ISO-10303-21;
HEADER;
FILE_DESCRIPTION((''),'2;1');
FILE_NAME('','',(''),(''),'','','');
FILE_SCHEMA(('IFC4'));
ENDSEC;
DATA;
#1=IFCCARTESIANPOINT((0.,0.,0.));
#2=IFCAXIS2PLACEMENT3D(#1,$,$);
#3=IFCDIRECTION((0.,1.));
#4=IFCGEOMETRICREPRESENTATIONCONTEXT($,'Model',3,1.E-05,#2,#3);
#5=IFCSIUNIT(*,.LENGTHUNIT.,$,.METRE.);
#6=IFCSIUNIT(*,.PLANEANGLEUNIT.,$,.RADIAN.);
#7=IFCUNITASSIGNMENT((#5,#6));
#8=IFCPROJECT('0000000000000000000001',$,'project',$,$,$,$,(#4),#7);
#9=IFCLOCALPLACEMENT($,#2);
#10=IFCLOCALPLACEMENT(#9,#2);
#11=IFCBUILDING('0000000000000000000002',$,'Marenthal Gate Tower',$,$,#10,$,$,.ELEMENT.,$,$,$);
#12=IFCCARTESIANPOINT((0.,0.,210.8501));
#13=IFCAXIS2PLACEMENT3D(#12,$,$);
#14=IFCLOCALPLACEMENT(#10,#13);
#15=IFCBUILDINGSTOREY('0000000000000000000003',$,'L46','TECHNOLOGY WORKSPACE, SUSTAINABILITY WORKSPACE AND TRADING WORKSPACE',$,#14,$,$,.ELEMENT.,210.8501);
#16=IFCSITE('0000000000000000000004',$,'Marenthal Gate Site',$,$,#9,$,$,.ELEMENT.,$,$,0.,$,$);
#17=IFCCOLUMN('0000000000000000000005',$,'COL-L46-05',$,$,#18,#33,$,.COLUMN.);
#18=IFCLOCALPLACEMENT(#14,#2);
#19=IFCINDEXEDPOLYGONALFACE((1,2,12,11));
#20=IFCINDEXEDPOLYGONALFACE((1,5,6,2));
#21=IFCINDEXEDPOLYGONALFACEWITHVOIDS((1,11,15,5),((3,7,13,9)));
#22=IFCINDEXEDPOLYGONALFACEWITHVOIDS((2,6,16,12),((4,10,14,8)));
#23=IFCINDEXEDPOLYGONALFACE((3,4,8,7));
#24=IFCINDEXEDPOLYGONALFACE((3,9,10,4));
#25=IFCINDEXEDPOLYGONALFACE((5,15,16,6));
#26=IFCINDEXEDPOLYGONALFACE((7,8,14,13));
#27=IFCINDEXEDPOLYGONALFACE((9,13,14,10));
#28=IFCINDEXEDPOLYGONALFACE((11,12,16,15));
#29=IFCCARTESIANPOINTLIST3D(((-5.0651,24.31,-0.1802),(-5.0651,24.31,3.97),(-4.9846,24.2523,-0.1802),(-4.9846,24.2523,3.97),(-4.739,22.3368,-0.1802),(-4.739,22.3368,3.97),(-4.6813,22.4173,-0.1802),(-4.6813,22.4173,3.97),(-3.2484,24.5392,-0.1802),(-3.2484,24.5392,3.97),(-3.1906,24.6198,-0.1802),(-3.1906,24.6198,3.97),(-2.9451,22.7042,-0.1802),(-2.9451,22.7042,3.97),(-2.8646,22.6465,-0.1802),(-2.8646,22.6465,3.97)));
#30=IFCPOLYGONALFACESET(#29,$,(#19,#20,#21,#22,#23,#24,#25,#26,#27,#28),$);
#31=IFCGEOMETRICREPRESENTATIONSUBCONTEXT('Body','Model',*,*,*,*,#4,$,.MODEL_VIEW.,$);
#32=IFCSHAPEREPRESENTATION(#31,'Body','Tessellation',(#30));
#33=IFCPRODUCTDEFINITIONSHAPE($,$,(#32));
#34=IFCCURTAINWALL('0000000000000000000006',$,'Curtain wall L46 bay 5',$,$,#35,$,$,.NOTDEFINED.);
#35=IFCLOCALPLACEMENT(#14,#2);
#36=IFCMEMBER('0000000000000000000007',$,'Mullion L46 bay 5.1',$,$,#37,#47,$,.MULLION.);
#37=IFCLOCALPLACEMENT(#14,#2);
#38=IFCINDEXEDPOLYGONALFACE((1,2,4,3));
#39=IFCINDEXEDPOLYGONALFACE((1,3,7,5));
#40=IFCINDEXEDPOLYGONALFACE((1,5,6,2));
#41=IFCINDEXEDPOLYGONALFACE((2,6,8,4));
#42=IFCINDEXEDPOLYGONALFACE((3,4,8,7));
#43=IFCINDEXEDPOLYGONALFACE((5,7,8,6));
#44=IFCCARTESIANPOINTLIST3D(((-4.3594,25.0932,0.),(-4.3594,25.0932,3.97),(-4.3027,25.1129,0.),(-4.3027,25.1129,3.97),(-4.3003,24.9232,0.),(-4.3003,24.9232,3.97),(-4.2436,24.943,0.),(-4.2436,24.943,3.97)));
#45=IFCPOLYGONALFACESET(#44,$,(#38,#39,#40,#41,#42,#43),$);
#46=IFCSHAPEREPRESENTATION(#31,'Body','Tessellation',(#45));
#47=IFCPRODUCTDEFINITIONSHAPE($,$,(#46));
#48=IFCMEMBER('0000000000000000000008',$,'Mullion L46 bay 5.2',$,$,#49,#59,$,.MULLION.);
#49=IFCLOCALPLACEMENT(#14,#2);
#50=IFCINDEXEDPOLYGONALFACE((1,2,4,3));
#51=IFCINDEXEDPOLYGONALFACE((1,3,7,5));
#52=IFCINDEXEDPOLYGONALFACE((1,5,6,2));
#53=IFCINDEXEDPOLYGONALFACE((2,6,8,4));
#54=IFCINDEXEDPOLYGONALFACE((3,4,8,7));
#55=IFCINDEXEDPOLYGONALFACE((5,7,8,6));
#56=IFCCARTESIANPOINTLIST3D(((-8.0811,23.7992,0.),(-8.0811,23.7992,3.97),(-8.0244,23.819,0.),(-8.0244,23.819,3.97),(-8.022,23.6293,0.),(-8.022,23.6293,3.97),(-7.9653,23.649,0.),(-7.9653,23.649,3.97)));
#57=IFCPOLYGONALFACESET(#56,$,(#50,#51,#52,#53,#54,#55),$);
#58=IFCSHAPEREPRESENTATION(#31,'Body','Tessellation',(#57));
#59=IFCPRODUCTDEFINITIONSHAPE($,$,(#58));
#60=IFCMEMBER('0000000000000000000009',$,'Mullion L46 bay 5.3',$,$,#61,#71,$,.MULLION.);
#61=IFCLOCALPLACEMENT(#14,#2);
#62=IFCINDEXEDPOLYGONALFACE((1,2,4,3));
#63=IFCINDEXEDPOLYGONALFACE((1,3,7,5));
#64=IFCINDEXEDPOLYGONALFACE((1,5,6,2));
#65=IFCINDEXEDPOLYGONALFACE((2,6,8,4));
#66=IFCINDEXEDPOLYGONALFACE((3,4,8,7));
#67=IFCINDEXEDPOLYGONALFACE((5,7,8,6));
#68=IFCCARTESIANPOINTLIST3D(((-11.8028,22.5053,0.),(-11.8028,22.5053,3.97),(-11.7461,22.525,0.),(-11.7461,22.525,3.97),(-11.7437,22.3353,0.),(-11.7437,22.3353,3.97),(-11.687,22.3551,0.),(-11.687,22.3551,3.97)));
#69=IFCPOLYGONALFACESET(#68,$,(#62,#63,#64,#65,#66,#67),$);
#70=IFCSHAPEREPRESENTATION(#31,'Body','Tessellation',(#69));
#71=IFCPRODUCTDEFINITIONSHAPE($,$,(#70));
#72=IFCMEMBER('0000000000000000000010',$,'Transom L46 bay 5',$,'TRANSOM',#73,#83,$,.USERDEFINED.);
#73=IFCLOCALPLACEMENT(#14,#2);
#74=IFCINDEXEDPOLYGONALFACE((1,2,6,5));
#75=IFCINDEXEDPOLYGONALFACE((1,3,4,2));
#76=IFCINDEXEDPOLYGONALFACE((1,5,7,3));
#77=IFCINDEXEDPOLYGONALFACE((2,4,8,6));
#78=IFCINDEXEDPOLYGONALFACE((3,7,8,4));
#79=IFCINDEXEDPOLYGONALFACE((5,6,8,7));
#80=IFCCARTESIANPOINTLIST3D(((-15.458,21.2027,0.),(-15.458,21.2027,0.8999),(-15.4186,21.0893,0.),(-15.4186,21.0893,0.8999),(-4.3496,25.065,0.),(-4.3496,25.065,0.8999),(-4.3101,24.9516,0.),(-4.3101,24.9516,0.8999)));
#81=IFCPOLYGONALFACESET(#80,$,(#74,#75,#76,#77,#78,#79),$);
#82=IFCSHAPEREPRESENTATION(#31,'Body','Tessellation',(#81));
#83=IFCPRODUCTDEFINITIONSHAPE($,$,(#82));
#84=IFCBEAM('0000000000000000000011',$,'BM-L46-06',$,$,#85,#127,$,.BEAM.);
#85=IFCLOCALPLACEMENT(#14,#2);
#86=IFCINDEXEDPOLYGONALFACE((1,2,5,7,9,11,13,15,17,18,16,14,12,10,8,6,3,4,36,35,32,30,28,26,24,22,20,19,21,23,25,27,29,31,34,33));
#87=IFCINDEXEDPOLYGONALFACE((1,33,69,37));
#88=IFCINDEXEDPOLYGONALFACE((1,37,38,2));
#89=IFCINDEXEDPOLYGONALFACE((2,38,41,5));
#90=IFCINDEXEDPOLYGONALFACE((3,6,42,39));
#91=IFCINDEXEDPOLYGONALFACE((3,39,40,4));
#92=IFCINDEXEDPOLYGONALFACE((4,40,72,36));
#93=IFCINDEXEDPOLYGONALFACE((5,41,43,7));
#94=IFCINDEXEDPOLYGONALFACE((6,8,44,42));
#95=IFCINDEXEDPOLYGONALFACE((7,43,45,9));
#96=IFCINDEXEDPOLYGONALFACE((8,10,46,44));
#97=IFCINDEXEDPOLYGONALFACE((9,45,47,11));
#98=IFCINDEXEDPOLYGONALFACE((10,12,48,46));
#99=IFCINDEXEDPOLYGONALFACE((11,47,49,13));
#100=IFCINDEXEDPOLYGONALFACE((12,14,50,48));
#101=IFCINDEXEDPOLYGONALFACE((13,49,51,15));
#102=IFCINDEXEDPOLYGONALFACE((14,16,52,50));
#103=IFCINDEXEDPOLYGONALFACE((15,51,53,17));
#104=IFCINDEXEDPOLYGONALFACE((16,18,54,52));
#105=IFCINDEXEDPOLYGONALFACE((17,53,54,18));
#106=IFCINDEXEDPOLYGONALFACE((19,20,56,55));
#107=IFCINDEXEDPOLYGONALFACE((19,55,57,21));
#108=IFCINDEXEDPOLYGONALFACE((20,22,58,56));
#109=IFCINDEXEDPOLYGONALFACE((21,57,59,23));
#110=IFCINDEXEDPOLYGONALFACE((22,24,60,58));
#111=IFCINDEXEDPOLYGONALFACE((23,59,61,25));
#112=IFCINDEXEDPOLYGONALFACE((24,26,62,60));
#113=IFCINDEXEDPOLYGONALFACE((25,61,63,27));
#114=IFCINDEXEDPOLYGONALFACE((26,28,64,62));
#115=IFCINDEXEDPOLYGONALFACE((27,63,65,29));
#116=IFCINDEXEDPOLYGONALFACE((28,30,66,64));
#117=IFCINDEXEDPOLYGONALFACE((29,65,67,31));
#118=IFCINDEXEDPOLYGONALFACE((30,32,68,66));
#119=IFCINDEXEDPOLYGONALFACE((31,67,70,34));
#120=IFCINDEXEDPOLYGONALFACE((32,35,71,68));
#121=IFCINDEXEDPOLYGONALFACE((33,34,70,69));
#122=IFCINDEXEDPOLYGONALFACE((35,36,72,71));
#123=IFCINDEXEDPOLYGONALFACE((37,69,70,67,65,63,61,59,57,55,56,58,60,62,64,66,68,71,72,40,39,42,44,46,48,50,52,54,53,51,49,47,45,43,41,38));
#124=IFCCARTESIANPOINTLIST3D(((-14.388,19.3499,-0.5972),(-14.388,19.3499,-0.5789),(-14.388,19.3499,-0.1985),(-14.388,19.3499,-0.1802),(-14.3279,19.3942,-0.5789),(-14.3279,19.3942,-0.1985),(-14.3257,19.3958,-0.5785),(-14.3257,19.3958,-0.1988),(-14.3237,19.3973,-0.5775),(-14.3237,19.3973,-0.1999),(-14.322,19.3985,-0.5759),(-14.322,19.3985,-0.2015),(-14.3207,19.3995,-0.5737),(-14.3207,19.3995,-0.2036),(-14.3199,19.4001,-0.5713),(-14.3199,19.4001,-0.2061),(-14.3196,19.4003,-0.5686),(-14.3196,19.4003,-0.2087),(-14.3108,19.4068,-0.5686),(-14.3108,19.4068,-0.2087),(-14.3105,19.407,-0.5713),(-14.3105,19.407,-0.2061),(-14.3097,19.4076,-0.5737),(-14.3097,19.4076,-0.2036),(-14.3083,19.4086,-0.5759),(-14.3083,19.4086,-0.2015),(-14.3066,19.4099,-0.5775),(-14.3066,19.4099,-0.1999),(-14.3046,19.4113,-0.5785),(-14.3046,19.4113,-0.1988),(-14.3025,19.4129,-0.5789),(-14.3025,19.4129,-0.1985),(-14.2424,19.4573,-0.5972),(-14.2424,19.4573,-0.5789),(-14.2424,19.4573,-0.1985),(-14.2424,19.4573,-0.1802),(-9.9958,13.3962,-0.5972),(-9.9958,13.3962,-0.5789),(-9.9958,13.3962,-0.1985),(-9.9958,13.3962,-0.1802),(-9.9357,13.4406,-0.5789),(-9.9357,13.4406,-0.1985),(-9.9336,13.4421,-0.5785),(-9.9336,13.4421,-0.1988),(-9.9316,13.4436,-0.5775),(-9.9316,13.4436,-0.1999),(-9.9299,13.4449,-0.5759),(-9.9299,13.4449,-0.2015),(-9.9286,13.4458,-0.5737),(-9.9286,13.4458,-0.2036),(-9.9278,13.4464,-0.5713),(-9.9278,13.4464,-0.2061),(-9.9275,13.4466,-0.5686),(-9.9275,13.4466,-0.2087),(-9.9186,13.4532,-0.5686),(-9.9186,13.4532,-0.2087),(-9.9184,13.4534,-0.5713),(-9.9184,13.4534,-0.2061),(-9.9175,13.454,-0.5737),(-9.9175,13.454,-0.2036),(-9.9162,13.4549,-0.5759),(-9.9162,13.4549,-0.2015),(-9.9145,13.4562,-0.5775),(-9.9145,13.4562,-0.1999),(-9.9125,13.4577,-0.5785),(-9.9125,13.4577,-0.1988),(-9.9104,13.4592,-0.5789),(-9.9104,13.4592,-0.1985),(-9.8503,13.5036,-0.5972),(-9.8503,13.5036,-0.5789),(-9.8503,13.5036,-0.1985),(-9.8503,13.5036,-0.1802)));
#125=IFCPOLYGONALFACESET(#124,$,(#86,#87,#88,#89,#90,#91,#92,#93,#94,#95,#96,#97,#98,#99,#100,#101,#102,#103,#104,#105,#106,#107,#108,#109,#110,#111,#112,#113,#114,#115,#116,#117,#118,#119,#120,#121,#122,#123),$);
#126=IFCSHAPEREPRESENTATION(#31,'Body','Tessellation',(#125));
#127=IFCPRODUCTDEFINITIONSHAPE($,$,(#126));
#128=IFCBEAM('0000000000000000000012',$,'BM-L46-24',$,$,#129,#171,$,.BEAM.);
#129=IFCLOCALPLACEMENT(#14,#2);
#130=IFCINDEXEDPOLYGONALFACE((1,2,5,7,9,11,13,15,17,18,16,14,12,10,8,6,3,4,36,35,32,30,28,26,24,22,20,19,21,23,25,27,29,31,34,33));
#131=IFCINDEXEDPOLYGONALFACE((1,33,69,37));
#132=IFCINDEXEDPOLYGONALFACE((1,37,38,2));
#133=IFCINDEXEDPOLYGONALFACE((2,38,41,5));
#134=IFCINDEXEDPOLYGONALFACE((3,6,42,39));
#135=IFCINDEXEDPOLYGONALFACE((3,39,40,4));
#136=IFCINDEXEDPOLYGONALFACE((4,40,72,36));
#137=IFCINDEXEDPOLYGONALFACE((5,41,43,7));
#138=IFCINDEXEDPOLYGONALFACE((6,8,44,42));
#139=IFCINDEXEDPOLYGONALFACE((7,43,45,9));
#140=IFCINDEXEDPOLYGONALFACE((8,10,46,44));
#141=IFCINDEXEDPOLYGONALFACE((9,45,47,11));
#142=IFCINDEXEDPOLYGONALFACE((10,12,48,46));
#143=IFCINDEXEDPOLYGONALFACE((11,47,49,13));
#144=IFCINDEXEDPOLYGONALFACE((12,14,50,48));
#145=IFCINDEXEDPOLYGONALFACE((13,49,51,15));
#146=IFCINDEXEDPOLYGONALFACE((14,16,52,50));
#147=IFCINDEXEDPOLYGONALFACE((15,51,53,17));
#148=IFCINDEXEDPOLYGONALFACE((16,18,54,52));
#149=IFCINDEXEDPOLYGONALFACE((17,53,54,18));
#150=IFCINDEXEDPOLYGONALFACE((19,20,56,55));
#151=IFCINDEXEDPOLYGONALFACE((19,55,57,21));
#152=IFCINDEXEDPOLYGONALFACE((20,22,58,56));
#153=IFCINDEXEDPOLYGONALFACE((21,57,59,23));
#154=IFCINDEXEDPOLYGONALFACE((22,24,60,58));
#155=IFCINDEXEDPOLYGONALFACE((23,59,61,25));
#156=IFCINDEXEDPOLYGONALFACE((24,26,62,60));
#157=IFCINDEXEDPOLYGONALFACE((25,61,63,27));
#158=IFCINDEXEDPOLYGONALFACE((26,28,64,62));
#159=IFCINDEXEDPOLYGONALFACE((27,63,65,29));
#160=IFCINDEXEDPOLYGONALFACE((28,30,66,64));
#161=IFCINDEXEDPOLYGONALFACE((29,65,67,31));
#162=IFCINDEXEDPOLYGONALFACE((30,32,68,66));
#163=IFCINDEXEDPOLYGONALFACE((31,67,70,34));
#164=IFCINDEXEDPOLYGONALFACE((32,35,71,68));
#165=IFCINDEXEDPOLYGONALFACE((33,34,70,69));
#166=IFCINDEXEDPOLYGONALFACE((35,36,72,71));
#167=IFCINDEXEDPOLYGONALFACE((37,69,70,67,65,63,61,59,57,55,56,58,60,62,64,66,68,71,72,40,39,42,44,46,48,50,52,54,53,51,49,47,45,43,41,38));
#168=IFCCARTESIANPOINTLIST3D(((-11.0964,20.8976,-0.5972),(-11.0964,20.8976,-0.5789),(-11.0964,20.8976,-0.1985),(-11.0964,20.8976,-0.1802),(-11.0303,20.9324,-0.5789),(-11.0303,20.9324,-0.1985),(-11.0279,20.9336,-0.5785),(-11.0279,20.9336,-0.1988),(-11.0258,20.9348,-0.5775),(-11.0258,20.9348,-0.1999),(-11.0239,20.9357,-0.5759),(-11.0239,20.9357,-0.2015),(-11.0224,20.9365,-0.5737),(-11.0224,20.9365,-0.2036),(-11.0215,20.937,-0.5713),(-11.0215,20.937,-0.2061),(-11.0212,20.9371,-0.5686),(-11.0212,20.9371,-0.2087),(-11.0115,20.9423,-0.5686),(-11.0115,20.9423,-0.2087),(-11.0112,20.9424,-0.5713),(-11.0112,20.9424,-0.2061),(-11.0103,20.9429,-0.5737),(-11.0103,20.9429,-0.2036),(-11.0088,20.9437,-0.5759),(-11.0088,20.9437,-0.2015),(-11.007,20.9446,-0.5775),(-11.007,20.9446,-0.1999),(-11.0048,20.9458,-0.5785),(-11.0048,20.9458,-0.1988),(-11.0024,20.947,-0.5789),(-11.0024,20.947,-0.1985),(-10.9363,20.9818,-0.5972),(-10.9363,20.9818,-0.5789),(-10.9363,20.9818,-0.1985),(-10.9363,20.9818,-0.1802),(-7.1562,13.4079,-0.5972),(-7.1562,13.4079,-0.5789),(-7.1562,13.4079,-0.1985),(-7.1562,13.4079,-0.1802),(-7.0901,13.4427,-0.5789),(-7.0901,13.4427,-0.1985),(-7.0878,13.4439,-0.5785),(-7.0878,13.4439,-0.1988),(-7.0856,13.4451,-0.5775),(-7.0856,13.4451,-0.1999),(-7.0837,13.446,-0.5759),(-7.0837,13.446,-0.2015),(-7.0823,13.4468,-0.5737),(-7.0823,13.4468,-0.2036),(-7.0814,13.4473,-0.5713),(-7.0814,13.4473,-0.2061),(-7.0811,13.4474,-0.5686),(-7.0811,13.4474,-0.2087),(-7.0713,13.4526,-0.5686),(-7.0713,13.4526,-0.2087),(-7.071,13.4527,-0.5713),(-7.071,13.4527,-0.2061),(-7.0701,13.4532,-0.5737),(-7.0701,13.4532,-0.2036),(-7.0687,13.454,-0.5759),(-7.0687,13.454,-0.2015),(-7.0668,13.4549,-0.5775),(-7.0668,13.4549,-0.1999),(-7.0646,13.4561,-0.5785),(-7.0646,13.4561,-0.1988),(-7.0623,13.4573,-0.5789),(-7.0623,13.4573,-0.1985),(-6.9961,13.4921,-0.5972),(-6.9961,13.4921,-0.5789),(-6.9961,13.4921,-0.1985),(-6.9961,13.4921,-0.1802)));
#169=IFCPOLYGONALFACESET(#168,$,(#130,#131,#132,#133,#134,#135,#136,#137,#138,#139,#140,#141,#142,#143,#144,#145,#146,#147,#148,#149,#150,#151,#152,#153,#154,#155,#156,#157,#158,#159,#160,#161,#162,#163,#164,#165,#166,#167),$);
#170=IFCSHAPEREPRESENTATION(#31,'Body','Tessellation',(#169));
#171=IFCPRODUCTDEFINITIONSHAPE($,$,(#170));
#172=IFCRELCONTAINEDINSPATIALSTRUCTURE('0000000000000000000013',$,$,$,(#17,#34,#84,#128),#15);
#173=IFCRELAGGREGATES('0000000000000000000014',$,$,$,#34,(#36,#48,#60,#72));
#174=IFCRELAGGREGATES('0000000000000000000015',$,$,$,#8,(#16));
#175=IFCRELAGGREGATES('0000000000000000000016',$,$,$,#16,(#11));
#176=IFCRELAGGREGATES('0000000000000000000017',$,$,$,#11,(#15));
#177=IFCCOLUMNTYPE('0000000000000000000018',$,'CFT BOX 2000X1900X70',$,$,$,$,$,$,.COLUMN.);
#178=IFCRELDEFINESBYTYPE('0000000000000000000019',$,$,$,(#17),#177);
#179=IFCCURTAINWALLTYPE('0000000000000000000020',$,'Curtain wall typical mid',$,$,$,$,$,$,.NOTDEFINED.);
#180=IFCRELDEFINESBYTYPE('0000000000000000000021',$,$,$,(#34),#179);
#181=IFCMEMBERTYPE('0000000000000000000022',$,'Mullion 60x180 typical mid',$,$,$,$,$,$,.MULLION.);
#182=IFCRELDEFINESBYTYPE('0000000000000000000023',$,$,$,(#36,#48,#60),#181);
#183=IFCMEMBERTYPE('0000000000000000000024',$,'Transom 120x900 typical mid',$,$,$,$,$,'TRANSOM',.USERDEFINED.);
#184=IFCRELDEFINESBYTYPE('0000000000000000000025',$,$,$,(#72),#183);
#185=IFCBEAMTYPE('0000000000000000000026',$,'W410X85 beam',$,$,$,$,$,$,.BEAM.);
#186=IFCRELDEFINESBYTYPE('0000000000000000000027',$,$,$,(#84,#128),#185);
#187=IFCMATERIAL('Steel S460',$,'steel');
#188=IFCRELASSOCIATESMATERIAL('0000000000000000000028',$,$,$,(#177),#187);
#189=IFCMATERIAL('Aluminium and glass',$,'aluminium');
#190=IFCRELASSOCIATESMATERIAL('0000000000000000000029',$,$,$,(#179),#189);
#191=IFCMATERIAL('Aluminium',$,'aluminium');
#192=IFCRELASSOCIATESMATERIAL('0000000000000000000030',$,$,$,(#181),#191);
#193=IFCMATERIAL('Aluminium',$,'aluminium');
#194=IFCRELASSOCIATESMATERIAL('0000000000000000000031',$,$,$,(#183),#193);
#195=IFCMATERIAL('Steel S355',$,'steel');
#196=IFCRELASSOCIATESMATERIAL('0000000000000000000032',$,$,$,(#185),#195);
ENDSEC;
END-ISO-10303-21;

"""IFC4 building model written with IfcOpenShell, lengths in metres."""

from ifc_helpers import new_model, si_unit, direction, frame, origin, origin_2d, place, context, subcontext, project, spatial, rectangle, hollow_rectangle, i_section, extrude, material, material_profile, profile_set, type_object, element, aggregate, save


model = new_model("IFC4")

# Units and contexts
model_context = context("Model", 3, precision=1e-05, world=origin(), true_north=direction((0.0, 1.0)))
body_context = subcontext(model_context, "Body", "Model", "MODEL_VIEW")
ifc_project = project(units=[si_unit("LENGTHUNIT", "METRE"), si_unit("PLANEANGLEUNIT", "RADIAN")], contexts=[model_context])

# Site, building, storey
site_placement = place(None, origin())
site = spatial("IfcSite", under=ifc_project, at=site_placement, Name="Marenthal Gate Site", CompositionType="ELEMENT", RefElevation=0.0)
building_placement = place(site_placement, origin())
building = spatial("IfcBuilding", under=site, at=building_placement, Name="Marenthal Gate Tower", CompositionType="ELEMENT")
storey_placement = place(building_placement, frame((0.0, 0.0, 210.8501)))
storey = spatial("IfcBuildingStorey", under=building, at=storey_placement, Name="L46", Description="TECHNOLOGY WORKSPACE, SUSTAINABILITY WORKSPACE AND TRADING WORKSPACE", CompositionType="ELEMENT", Elevation=210.8501)

# Column
ifc_material_1 = material(Name="Steel S460", Category="steel")
ifc_material_profile_1 = material_profile(ifc_material_1, hollow_rectangle(XDim=1.8999, YDim=2.0, WallThickness=0.0701, at=origin_2d()), Name="CFT BOX 2000X1900X70")
ifc_material_2 = material(Name="Concrete 70 MPa", Category="concrete")
ifc_material_profile_2 = material_profile(ifc_material_2, rectangle(XDim=1.76, YDim=1.8601, at=origin_2d()), Name="CFT BOX 2000X1900X70 INFILL")
ifc_profile_set_1 = profile_set([ifc_material_profile_1, ifc_material_profile_2], Name="Steel S460 shell, Concrete 70 MPa infill")
column_type = type_object("IfcColumnType", Name="CFT BOX 2000X1900X70", PredefinedType="COLUMN", material=ifc_profile_set_1)
column_placement = place(storey_placement, frame((-3.9648, 23.4783, -0.1802), z_axis=(0.0, 0.0, 1.0), x_axis=(0.986619, 0.163044, 0.0)))
element("IfcColumn", 1, at=column_placement, inside=storey, type_object=column_type, Name="COL-L46-05", PredefinedType="COLUMN", context=body_context, shape_type="SweptSolid", body=[
    extrude(hollow_rectangle(XDim=1.8999, YDim=2.0, WallThickness=0.0701, at=origin_2d()), origin(), (0.0, 0.0, 1.0), 4.1501),
])

# Curtain wall, members
ifc_material_3 = material(Name="Aluminium and glass", Category="aluminium")
curtain_wall_type = type_object("IfcCurtainWallType", Name="Curtain wall typical mid", PredefinedType="NOTDEFINED", material=ifc_material_3)
curtain_wall_placement = place(storey_placement, origin())
curtain_wall = element("IfcCurtainWall", 2, at=curtain_wall_placement, inside=storey, type_object=curtain_wall_type, Name="Curtain wall L46 bay 5", PredefinedType="NOTDEFINED")
ifc_material_4 = material(Name="Aluminium", Category="aluminium")
ifc_material_profile_3 = material_profile(ifc_material_4, rectangle(XDim=0.1799, YDim=0.0601, at=origin_2d()), Name="60x180 aluminium mullion")
ifc_profile_set_2 = profile_set([ifc_material_profile_3], Name="Aluminium")
member_type_1 = type_object("IfcMemberType", Name="Mullion 60x180 typical mid", PredefinedType="MULLION", material=ifc_profile_set_2)
member_1_placement = place(storey_placement, frame((-4.3015, 25.0181, 0.0), z_axis=(0.0, 0.0, 1.0), x_axis=(0.3284, -0.944539, 0.0)))
member_1 = element("IfcMember", 3, at=member_1_placement, type_object=member_type_1, Name="Mullion L46 bay 5.1", PredefinedType="MULLION", context=body_context, shape_type="SweptSolid", body=[
    extrude(rectangle(XDim=0.1799, YDim=0.0601, at=origin_2d()), origin(), (0.0, 0.0, 1.0), 3.97),
])
member_2_placement = place(storey_placement, frame((-8.0232, 23.7241, 0.0), z_axis=(0.0, 0.0, 1.0), x_axis=(0.3284, -0.944539, 0.0)))
member_2 = element("IfcMember", 4, at=member_2_placement, type_object=member_type_1, Name="Mullion L46 bay 5.2", PredefinedType="MULLION", context=body_context, shape_type="SweptSolid", body=[
    extrude(rectangle(XDim=0.1799, YDim=0.0601, at=origin_2d()), origin(), (0.0, 0.0, 1.0), 3.97),
])
member_3_placement = place(storey_placement, frame((-11.7449, 22.4302, 0.0), z_axis=(0.0, 0.0, 1.0), x_axis=(0.3284, -0.944539, 0.0)))
member_3 = element("IfcMember", 5, at=member_3_placement, type_object=member_type_1, Name="Mullion L46 bay 5.3", PredefinedType="MULLION", context=body_context, shape_type="SweptSolid", body=[
    extrude(rectangle(XDim=0.1799, YDim=0.0601, at=origin_2d()), origin(), (0.0, 0.0, 1.0), 3.97),
])
ifc_material_5 = material(Name="Aluminium", Category="aluminium")
ifc_material_profile_4 = material_profile(ifc_material_5, rectangle(XDim=0.1201, YDim=0.8999, at=origin_2d()), Name="120x900 aluminium transom")
ifc_profile_set_3 = profile_set([ifc_material_profile_4], Name="Aluminium")
member_type_2 = type_object("IfcMemberType", Name="Transom 120x900 typical mid", ElementType="TRANSOM", PredefinedType="USERDEFINED", material=ifc_profile_set_3)
member_4_placement = place(storey_placement, frame((-4.3298, 25.0083, 0.45), z_axis=(-0.944536, -0.328408, 0.0), x_axis=(0.328408, -0.944536, 0.0)))
member_4 = element("IfcMember", 6, at=member_4_placement, type_object=member_type_2, Name="Transom L46 bay 5", ObjectType="TRANSOM", PredefinedType="USERDEFINED", context=body_context, shape_type="SweptSolid", body=[
    extrude(rectangle(XDim=0.1201, YDim=0.8999, at=origin_2d()), origin(), (0.0, 0.0, 1.0), 11.7607),
])

# Beams
ifc_material_6 = material(Name="Steel S355", Category="steel")
ifc_material_profile_5 = material_profile(ifc_material_6, i_section(OverallWidth=0.1809, OverallDepth=0.417, WebThickness=0.011, FlangeThickness=0.0183, FilletRadius=0.0103, at=origin_2d()), Name="W410X85")
ifc_profile_set_4 = profile_set([ifc_material_profile_5], Name="Steel S355")
beam_type_1 = type_object("IfcBeamType", Name="W410X85 beam", PredefinedType="BEAM", material=ifc_profile_set_4)
beam_1_placement = place(storey_placement, frame((-14.3152, 19.4036, -0.3887), z_axis=(0.593656, -0.804719, 0.0), x_axis=(0.804719, 0.593656, 0.0)))
element("IfcBeam", 7, at=beam_1_placement, inside=storey, type_object=beam_type_1, Name="BM-L46-06", PredefinedType="BEAM", context=body_context, shape_type="SweptSolid", body=[
    extrude(i_section(OverallWidth=0.1809, OverallDepth=0.417, WebThickness=0.011, FlangeThickness=0.0183, FilletRadius=0.0103, at=origin_2d()), origin(), (0.0, 0.0, 1.0), 7.3984),
])
beam_2_placement = place(storey_placement, frame((-11.0164, 20.9397, -0.3887), z_axis=(0.465581, -0.885005, 0.0), x_axis=(0.885005, 0.465581, 0.0)))
element("IfcBeam", 8, at=beam_2_placement, inside=storey, type_object=beam_type_1, Name="BM-L46-24", PredefinedType="BEAM", context=body_context, shape_type="SweptSolid", body=[
    extrude(i_section(OverallWidth=0.1809, OverallDepth=0.417, WebThickness=0.011, FlangeThickness=0.0183, FilletRadius=0.0103, at=origin_2d()), origin(), (0.0, 0.0, 1.0), 8.4629),
])

aggregate(curtain_wall, [member_1, member_2, member_3, member_4])

save(model, "model.ifc")
